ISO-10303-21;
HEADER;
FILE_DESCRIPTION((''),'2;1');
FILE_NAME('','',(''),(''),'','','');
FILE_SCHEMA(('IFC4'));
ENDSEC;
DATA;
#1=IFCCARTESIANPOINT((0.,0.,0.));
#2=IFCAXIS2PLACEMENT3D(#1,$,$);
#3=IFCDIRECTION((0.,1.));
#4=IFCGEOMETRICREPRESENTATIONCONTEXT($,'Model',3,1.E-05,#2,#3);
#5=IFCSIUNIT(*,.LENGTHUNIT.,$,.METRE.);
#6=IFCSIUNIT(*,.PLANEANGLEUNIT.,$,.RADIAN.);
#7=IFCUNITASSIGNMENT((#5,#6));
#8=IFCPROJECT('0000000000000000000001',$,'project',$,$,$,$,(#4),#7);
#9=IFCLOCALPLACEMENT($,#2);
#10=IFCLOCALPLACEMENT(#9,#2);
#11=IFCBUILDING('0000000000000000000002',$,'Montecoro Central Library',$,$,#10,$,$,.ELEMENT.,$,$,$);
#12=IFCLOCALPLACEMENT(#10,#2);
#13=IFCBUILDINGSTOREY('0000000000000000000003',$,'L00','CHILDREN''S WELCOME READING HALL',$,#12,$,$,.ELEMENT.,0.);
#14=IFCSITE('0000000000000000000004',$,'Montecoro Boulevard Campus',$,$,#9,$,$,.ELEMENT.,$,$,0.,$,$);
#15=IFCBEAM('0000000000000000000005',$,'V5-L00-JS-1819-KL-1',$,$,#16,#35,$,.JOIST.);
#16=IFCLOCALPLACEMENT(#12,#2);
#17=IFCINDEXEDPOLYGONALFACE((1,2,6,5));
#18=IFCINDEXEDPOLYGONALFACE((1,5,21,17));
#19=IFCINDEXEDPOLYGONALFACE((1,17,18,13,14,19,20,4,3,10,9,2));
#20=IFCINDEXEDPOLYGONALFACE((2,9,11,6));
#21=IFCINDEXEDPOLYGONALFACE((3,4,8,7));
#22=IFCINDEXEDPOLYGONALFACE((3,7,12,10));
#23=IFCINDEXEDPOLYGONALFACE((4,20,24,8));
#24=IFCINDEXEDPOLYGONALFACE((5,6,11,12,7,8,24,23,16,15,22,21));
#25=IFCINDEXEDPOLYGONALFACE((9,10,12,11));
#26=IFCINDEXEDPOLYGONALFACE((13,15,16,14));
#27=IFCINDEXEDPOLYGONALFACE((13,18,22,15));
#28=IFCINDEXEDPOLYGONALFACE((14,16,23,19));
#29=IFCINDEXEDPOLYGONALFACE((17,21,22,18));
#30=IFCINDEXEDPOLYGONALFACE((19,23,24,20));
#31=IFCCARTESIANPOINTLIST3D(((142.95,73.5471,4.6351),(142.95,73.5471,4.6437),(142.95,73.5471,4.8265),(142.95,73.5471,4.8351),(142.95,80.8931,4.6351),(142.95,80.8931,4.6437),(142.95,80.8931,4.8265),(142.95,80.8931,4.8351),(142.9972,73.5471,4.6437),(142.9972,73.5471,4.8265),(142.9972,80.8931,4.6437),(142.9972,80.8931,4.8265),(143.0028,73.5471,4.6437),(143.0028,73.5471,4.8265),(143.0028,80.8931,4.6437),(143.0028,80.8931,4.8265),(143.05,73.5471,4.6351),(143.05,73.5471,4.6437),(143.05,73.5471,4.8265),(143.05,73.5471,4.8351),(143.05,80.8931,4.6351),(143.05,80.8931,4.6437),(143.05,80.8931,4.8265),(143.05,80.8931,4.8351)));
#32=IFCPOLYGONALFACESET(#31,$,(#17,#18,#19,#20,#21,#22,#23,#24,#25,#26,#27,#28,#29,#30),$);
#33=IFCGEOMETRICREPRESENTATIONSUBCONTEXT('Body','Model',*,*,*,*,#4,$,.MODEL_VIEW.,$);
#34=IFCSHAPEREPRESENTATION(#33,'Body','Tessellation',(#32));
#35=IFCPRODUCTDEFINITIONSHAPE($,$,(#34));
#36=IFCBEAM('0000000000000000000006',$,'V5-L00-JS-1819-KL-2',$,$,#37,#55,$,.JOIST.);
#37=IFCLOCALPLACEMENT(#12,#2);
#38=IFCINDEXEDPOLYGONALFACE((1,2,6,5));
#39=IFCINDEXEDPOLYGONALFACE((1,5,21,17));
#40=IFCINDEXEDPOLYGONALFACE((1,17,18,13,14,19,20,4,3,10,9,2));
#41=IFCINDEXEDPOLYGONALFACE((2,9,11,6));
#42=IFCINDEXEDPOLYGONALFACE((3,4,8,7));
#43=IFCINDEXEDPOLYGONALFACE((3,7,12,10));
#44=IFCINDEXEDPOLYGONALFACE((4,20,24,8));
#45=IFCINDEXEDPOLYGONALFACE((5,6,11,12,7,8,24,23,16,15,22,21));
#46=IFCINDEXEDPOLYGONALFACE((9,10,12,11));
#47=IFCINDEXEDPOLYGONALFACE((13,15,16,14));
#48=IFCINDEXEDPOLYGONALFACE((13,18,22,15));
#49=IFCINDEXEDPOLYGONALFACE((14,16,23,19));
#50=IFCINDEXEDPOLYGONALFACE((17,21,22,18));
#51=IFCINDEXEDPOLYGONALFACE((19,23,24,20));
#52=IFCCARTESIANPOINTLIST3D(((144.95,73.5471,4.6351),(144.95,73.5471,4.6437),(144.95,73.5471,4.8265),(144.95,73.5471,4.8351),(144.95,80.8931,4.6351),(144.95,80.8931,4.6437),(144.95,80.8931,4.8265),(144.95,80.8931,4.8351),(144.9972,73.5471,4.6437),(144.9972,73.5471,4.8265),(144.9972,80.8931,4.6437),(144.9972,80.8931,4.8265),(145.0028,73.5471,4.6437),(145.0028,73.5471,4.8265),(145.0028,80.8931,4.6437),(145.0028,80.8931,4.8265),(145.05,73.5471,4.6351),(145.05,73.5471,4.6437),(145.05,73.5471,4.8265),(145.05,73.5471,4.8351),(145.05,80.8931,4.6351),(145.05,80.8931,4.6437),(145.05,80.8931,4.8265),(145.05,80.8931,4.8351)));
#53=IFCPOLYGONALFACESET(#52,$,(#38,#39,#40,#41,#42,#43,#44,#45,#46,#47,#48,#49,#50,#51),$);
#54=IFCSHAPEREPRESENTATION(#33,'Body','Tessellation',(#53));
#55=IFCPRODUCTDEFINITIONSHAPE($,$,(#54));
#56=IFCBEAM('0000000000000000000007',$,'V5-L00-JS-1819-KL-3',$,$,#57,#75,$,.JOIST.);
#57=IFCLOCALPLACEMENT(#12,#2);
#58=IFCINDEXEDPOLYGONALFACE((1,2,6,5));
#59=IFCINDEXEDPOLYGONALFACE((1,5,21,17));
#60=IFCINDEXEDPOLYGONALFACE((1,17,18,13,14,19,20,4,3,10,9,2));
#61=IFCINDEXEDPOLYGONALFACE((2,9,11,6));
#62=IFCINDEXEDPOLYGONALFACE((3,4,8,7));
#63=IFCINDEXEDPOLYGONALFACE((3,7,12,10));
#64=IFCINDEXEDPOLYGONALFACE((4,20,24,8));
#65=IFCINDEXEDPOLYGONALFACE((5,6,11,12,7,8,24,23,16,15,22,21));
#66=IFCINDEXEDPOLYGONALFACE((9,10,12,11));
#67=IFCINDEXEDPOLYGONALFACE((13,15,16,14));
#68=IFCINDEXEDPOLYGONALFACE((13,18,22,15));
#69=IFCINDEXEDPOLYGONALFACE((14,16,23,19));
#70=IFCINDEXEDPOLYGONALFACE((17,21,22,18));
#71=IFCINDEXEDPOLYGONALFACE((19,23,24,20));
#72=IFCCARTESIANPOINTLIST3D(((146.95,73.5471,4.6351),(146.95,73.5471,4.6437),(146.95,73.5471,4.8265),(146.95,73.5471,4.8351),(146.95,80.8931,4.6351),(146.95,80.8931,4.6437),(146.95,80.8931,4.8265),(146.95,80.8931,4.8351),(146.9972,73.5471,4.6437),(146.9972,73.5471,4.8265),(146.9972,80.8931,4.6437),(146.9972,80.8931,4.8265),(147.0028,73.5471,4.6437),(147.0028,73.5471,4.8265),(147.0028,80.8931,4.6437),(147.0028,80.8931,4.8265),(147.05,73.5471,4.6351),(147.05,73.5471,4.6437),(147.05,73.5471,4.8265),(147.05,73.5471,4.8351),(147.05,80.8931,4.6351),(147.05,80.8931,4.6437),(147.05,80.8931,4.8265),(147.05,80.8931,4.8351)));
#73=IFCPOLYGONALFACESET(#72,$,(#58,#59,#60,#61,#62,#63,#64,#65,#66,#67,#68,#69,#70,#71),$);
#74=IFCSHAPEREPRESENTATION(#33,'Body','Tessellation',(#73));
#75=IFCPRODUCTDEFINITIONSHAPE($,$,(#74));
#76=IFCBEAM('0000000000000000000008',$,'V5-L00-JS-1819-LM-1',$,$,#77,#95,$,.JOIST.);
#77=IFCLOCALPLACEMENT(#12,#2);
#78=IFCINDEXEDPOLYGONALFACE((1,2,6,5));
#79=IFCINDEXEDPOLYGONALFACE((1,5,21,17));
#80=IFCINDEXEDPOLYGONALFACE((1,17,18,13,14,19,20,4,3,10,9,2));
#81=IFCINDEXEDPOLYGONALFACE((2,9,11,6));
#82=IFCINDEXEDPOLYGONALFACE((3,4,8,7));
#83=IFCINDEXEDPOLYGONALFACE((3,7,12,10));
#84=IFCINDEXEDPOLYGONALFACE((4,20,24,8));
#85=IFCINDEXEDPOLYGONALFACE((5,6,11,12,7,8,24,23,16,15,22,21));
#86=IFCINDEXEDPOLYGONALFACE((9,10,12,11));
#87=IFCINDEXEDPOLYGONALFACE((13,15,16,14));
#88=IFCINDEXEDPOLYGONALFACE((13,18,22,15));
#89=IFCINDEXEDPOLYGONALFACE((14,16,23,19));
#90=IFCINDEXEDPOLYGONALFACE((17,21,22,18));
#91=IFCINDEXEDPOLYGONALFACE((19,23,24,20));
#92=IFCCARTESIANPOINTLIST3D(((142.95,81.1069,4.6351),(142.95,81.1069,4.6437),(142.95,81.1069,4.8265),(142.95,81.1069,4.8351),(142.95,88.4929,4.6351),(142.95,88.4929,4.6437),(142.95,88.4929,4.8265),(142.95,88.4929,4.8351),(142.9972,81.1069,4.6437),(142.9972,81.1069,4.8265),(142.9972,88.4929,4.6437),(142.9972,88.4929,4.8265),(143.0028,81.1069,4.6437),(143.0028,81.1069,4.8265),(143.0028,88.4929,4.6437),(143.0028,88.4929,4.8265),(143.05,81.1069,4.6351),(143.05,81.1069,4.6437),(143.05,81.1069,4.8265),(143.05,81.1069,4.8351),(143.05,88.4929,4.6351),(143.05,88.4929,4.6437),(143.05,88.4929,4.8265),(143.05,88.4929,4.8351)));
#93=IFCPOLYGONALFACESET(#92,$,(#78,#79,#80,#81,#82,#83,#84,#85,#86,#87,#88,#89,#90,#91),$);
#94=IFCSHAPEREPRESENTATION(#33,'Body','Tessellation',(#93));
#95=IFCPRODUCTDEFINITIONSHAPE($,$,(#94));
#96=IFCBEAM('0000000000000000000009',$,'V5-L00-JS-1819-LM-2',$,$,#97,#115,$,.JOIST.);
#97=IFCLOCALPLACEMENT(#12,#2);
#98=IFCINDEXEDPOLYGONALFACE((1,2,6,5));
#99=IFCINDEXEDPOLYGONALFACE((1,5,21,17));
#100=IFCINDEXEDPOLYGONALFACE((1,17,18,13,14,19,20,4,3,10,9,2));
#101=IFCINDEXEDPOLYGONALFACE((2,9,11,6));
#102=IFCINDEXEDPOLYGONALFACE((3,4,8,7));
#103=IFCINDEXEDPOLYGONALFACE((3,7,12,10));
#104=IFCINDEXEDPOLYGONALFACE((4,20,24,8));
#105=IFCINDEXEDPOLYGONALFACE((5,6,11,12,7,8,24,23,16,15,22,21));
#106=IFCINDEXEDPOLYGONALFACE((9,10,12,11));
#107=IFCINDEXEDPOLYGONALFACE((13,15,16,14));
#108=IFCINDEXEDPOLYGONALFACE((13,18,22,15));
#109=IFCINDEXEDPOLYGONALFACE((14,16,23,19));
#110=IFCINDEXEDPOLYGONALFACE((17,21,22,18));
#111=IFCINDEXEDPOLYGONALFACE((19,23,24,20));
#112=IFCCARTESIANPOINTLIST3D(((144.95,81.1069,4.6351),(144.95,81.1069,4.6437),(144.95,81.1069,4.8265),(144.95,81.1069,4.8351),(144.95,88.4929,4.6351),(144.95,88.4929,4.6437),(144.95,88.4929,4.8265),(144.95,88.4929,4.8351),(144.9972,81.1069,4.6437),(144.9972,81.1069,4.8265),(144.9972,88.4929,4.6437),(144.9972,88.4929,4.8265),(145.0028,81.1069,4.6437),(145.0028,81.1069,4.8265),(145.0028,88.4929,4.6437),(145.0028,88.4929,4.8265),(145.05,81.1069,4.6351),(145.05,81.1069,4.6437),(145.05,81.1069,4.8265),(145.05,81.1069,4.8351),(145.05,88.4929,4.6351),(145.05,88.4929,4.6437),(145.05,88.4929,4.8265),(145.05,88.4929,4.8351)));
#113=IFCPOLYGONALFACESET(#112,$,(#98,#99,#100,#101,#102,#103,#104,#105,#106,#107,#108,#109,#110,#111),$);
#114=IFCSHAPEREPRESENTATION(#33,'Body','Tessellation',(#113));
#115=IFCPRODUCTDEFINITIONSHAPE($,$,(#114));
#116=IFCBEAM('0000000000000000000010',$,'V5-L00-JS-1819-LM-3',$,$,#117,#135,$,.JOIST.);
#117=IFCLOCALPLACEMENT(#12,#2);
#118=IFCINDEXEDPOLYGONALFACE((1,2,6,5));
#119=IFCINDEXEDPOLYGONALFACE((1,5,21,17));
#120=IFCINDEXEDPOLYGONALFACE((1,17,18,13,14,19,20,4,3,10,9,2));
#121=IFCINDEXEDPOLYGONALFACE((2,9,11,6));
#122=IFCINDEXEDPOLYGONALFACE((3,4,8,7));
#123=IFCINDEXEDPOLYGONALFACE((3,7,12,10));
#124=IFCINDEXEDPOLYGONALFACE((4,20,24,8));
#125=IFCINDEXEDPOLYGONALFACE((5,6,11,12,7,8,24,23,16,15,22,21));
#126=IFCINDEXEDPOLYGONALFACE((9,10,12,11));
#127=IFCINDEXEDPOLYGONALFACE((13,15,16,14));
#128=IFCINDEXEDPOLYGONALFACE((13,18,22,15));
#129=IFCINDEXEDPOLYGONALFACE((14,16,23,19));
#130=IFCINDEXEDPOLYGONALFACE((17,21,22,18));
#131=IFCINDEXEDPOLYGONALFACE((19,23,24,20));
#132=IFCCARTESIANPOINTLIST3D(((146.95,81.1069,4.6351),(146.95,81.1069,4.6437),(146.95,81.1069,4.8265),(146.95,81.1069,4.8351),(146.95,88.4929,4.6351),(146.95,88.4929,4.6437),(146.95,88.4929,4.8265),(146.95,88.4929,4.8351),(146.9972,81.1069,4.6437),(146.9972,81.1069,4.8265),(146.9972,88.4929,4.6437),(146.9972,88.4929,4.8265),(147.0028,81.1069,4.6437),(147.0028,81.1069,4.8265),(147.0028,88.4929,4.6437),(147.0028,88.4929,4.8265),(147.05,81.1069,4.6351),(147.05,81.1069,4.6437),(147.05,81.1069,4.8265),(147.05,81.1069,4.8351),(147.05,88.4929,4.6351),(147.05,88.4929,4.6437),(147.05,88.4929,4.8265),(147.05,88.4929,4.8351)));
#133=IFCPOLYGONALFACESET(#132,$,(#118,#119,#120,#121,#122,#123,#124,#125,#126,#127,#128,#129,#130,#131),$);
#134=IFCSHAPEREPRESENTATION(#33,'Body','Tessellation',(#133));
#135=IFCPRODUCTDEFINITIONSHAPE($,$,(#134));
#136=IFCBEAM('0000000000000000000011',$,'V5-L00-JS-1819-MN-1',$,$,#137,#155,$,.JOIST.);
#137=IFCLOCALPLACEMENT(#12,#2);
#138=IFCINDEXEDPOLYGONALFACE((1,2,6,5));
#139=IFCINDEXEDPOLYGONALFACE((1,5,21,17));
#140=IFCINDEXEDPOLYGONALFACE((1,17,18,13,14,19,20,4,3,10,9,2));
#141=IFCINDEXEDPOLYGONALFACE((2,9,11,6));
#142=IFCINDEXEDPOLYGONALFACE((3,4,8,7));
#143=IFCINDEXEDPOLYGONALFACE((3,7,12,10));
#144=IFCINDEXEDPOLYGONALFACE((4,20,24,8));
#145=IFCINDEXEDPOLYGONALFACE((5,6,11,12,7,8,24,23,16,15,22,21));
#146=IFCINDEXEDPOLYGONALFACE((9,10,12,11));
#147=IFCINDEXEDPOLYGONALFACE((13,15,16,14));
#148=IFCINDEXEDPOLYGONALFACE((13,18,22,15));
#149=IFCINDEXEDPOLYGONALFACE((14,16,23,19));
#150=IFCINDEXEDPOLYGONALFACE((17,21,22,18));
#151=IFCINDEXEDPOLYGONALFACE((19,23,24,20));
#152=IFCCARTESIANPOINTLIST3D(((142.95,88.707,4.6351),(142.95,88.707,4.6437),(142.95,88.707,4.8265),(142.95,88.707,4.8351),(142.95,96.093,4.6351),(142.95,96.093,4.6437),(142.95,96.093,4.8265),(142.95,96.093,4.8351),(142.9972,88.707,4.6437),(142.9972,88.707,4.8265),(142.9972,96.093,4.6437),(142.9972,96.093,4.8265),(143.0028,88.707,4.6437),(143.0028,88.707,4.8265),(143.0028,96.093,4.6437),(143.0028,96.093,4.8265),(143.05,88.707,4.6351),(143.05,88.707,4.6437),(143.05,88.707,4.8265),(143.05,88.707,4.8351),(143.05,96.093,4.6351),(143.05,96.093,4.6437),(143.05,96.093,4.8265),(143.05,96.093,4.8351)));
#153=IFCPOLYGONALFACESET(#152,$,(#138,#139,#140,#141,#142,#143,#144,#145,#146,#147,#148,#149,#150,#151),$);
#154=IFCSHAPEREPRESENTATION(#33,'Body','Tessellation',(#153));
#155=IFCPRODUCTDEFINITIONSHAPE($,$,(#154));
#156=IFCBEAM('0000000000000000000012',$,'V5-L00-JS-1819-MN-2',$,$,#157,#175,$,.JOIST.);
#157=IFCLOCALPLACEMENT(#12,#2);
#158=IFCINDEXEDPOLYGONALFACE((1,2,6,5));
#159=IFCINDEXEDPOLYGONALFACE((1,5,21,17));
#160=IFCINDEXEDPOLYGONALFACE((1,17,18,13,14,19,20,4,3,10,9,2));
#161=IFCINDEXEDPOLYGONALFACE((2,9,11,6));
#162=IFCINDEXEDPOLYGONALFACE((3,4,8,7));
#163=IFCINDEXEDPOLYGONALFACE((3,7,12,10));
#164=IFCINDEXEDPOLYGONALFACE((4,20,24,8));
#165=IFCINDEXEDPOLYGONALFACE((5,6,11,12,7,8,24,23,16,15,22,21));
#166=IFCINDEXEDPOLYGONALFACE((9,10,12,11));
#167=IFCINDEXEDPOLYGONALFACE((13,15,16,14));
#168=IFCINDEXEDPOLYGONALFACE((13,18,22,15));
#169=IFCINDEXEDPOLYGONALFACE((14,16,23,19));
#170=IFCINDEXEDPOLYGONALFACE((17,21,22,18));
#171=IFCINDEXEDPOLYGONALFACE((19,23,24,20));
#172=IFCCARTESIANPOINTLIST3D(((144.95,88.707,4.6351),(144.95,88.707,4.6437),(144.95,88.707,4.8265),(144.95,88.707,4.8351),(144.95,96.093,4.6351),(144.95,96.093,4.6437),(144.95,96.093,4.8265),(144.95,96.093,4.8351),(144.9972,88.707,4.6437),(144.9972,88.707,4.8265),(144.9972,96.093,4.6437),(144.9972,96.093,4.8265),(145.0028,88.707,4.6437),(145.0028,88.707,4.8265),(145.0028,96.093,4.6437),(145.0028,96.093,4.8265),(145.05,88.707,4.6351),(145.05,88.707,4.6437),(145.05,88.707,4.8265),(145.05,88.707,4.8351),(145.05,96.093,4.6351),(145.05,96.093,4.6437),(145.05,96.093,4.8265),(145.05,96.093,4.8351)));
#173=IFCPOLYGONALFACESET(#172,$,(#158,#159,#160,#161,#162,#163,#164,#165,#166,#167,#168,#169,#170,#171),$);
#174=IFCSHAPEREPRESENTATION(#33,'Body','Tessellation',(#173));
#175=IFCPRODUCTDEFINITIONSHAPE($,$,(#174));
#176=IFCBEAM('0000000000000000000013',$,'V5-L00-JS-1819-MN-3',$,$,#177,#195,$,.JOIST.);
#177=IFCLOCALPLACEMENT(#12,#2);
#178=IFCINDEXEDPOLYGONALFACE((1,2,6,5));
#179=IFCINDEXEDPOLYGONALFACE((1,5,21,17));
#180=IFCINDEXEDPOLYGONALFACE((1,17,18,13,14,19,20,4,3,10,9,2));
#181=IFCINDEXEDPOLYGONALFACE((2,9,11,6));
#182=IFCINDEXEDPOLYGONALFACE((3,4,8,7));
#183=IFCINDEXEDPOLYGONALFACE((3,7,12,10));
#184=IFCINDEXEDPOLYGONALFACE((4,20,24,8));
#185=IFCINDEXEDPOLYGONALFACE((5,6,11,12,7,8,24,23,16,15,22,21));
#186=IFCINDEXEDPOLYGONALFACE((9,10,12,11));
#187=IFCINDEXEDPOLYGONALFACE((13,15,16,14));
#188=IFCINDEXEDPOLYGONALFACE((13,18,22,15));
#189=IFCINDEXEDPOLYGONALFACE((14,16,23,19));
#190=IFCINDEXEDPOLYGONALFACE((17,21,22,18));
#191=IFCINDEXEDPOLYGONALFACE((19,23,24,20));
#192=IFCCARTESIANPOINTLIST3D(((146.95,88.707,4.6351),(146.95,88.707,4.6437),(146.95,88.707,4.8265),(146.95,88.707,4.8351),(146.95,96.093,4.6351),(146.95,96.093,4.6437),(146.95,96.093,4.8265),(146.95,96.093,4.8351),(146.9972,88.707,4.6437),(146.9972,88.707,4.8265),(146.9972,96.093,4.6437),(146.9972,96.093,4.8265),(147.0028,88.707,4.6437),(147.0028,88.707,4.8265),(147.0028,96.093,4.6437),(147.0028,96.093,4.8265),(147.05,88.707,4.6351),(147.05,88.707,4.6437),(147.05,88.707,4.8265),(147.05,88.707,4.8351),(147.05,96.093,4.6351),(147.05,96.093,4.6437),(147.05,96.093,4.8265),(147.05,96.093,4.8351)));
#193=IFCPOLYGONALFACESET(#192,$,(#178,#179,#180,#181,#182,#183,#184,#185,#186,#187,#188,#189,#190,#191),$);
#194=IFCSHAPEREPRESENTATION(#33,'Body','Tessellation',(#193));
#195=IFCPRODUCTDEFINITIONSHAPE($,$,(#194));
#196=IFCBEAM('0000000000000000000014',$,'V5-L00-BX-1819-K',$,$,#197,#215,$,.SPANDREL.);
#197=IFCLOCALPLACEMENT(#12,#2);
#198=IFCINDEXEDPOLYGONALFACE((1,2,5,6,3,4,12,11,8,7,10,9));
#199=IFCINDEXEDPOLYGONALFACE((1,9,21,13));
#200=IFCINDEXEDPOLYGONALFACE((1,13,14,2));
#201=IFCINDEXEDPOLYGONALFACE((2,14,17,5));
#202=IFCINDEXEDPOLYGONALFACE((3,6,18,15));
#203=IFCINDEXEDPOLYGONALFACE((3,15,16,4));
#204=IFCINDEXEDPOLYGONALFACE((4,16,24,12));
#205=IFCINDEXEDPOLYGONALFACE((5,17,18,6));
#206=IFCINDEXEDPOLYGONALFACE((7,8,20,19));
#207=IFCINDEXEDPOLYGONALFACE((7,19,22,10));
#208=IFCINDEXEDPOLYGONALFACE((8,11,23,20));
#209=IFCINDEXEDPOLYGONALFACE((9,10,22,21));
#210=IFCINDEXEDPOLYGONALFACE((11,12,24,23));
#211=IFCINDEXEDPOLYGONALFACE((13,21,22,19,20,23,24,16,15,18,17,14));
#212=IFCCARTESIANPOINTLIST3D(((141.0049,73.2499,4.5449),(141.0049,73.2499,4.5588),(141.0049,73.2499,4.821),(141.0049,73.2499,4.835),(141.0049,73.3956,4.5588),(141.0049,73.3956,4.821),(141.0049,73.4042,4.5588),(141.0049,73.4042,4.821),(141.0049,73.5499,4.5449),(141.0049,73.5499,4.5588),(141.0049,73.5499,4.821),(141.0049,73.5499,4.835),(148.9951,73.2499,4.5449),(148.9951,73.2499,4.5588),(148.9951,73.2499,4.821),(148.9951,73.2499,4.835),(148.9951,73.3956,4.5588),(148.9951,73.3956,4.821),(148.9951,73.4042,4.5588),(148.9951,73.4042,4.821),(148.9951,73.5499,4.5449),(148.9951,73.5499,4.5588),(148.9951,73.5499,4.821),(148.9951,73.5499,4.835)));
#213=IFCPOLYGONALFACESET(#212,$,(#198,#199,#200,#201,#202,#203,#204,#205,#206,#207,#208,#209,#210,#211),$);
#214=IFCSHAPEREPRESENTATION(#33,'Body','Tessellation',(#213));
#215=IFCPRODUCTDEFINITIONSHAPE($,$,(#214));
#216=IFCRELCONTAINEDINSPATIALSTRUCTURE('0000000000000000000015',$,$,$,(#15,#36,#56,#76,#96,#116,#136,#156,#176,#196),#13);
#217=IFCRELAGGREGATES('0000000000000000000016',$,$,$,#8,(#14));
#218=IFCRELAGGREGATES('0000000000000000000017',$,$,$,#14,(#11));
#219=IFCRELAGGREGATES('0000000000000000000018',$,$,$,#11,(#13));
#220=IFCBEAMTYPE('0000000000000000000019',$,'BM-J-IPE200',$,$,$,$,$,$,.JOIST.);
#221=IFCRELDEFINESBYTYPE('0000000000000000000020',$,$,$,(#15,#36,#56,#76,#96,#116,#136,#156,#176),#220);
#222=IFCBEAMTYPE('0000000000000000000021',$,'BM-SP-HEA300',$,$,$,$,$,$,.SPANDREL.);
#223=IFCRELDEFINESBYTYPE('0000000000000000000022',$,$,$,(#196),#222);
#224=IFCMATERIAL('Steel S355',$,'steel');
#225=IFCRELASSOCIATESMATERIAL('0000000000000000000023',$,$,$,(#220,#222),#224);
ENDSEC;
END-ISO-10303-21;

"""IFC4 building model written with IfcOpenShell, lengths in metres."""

from ifc_helpers import new_model, si_unit, direction, frame, origin, origin_2d, place, context, subcontext, project, spatial, i_section, extrude, material, material_profile, profile_set, type_object, element, save


model = new_model("IFC4")

# Units and contexts
model_context = context("Model", 3, precision=1e-05, world=origin(), true_north=direction((0.0, 1.0)))
body_context = subcontext(model_context, "Body", "Model", "MODEL_VIEW")
ifc_project = project(units=[si_unit("LENGTHUNIT", "METRE"), si_unit("PLANEANGLEUNIT", "RADIAN")], contexts=[model_context])

# Site, building, storey
site_placement = place(None, origin())
site = spatial("IfcSite", under=ifc_project, at=site_placement, Name="Montecoro Boulevard Campus", CompositionType="ELEMENT", RefElevation=0.0)
building_placement = place(site_placement, origin())
building = spatial("IfcBuilding", under=site, at=building_placement, Name="Montecoro Central Library", CompositionType="ELEMENT")
storey_placement = place(building_placement, origin())
storey = spatial("IfcBuildingStorey", under=building, at=storey_placement, Name="L00", Description="CHILDREN'S WELCOME READING HALL", CompositionType="ELEMENT", Elevation=0.0)

# Beams
ifc_material_1 = material(Name="Steel S355", Category="steel")
ifc_material_profile_1 = material_profile(ifc_material_1, i_section(OverallWidth=0.1001, OverallDepth=0.2, WebThickness=0.0056, FlangeThickness=0.0085, at=origin_2d()), Name="IPE 200")
ifc_profile_set_1 = profile_set([ifc_material_profile_1], Name="Steel S355")
beam_type_1 = type_object("IfcBeamType", Name="BM-J-IPE200", PredefinedType="JOIST", material=ifc_profile_set_1)
for number, where, z_axis, x_axis, name in (
    (1, (143.0, 73.5471, 4.7351), (0.0, 1.0, 0.0), (-1.0, 0.0, 0.0), "V5-L00-JS-1819-KL-1"),
    (2, (145.0, 73.5471, 4.7351), (0.0, 1.0, 0.0), (-1.0, 0.0, 0.0), "V5-L00-JS-1819-KL-2"),
    (3, (147.0, 73.5471, 4.7351), (0.0, 1.0, 0.0), (-1.0, 0.0, 0.0), "V5-L00-JS-1819-KL-3"),
):
    element("IfcBeam", number, at=place(storey_placement, frame(where, z_axis=z_axis, x_axis=x_axis)), inside=storey, type_object=beam_type_1, Name=name, PredefinedType="JOIST", context=body_context, shape_type="SweptSolid", body=[
        extrude(i_section(OverallWidth=0.1001, OverallDepth=0.2, WebThickness=0.0056, FlangeThickness=0.0085, at=origin_2d()), origin(), (0.0, 0.0, 1.0), 7.3459),
    ])
for number, where, z_axis, x_axis, name in (
    (4, (143.0, 81.1069, 4.7351), (0.0, 1.0, 0.0), (-1.0, 0.0, 0.0), "V5-L00-JS-1819-LM-1"),
    (5, (145.0, 81.1069, 4.7351), (0.0, 1.0, 0.0), (-1.0, 0.0, 0.0), "V5-L00-JS-1819-LM-2"),
    (6, (147.0, 81.1069, 4.7351), (0.0, 1.0, 0.0), (-1.0, 0.0, 0.0), "V5-L00-JS-1819-LM-3"),
    (7, (143.0, 88.707, 4.7351), (0.0, 1.0, 0.0), (-1.0, 0.0, 0.0), "V5-L00-JS-1819-MN-1"),
    (8, (145.0, 88.707, 4.7351), (0.0, 1.0, 0.0), (-1.0, 0.0, 0.0), "V5-L00-JS-1819-MN-2"),
    (9, (147.0, 88.707, 4.7351), (0.0, 1.0, 0.0), (-1.0, 0.0, 0.0), "V5-L00-JS-1819-MN-3"),
):
    element("IfcBeam", number, at=place(storey_placement, frame(where, z_axis=z_axis, x_axis=x_axis)), inside=storey, type_object=beam_type_1, Name=name, PredefinedType="JOIST", context=body_context, shape_type="SweptSolid", body=[
        extrude(i_section(OverallWidth=0.1001, OverallDepth=0.2, WebThickness=0.0056, FlangeThickness=0.0085, at=origin_2d()), origin(), (0.0, 0.0, 1.0), 7.386),
    ])
ifc_material_profile_2 = material_profile(ifc_material_1, i_section(OverallWidth=0.3, OverallDepth=0.29, WebThickness=0.0085, FlangeThickness=0.0139, at=origin_2d()), Name="HEA 300")
ifc_profile_set_2 = profile_set([ifc_material_profile_2], Name="Steel S355")
beam_type_2 = type_object("IfcBeamType", Name="BM-SP-HEA300", PredefinedType="SPANDREL", material=ifc_profile_set_2)
beam_1_placement = place(storey_placement, frame((141.0049, 73.3999, 4.6899), z_axis=(1.0, 0.0, 0.0), x_axis=(0.0, 1.0, 0.0)))
element("IfcBeam", 10, at=beam_1_placement, inside=storey, type_object=beam_type_2, Name="V5-L00-BX-1819-K", PredefinedType="SPANDREL", context=body_context, shape_type="SweptSolid", body=[
    extrude(i_section(OverallWidth=0.3, OverallDepth=0.29, WebThickness=0.0085, FlangeThickness=0.0139, at=origin_2d()), origin(), (0.0, 0.0, 1.0), 7.9902),
])

save(model, "model.ifc")
